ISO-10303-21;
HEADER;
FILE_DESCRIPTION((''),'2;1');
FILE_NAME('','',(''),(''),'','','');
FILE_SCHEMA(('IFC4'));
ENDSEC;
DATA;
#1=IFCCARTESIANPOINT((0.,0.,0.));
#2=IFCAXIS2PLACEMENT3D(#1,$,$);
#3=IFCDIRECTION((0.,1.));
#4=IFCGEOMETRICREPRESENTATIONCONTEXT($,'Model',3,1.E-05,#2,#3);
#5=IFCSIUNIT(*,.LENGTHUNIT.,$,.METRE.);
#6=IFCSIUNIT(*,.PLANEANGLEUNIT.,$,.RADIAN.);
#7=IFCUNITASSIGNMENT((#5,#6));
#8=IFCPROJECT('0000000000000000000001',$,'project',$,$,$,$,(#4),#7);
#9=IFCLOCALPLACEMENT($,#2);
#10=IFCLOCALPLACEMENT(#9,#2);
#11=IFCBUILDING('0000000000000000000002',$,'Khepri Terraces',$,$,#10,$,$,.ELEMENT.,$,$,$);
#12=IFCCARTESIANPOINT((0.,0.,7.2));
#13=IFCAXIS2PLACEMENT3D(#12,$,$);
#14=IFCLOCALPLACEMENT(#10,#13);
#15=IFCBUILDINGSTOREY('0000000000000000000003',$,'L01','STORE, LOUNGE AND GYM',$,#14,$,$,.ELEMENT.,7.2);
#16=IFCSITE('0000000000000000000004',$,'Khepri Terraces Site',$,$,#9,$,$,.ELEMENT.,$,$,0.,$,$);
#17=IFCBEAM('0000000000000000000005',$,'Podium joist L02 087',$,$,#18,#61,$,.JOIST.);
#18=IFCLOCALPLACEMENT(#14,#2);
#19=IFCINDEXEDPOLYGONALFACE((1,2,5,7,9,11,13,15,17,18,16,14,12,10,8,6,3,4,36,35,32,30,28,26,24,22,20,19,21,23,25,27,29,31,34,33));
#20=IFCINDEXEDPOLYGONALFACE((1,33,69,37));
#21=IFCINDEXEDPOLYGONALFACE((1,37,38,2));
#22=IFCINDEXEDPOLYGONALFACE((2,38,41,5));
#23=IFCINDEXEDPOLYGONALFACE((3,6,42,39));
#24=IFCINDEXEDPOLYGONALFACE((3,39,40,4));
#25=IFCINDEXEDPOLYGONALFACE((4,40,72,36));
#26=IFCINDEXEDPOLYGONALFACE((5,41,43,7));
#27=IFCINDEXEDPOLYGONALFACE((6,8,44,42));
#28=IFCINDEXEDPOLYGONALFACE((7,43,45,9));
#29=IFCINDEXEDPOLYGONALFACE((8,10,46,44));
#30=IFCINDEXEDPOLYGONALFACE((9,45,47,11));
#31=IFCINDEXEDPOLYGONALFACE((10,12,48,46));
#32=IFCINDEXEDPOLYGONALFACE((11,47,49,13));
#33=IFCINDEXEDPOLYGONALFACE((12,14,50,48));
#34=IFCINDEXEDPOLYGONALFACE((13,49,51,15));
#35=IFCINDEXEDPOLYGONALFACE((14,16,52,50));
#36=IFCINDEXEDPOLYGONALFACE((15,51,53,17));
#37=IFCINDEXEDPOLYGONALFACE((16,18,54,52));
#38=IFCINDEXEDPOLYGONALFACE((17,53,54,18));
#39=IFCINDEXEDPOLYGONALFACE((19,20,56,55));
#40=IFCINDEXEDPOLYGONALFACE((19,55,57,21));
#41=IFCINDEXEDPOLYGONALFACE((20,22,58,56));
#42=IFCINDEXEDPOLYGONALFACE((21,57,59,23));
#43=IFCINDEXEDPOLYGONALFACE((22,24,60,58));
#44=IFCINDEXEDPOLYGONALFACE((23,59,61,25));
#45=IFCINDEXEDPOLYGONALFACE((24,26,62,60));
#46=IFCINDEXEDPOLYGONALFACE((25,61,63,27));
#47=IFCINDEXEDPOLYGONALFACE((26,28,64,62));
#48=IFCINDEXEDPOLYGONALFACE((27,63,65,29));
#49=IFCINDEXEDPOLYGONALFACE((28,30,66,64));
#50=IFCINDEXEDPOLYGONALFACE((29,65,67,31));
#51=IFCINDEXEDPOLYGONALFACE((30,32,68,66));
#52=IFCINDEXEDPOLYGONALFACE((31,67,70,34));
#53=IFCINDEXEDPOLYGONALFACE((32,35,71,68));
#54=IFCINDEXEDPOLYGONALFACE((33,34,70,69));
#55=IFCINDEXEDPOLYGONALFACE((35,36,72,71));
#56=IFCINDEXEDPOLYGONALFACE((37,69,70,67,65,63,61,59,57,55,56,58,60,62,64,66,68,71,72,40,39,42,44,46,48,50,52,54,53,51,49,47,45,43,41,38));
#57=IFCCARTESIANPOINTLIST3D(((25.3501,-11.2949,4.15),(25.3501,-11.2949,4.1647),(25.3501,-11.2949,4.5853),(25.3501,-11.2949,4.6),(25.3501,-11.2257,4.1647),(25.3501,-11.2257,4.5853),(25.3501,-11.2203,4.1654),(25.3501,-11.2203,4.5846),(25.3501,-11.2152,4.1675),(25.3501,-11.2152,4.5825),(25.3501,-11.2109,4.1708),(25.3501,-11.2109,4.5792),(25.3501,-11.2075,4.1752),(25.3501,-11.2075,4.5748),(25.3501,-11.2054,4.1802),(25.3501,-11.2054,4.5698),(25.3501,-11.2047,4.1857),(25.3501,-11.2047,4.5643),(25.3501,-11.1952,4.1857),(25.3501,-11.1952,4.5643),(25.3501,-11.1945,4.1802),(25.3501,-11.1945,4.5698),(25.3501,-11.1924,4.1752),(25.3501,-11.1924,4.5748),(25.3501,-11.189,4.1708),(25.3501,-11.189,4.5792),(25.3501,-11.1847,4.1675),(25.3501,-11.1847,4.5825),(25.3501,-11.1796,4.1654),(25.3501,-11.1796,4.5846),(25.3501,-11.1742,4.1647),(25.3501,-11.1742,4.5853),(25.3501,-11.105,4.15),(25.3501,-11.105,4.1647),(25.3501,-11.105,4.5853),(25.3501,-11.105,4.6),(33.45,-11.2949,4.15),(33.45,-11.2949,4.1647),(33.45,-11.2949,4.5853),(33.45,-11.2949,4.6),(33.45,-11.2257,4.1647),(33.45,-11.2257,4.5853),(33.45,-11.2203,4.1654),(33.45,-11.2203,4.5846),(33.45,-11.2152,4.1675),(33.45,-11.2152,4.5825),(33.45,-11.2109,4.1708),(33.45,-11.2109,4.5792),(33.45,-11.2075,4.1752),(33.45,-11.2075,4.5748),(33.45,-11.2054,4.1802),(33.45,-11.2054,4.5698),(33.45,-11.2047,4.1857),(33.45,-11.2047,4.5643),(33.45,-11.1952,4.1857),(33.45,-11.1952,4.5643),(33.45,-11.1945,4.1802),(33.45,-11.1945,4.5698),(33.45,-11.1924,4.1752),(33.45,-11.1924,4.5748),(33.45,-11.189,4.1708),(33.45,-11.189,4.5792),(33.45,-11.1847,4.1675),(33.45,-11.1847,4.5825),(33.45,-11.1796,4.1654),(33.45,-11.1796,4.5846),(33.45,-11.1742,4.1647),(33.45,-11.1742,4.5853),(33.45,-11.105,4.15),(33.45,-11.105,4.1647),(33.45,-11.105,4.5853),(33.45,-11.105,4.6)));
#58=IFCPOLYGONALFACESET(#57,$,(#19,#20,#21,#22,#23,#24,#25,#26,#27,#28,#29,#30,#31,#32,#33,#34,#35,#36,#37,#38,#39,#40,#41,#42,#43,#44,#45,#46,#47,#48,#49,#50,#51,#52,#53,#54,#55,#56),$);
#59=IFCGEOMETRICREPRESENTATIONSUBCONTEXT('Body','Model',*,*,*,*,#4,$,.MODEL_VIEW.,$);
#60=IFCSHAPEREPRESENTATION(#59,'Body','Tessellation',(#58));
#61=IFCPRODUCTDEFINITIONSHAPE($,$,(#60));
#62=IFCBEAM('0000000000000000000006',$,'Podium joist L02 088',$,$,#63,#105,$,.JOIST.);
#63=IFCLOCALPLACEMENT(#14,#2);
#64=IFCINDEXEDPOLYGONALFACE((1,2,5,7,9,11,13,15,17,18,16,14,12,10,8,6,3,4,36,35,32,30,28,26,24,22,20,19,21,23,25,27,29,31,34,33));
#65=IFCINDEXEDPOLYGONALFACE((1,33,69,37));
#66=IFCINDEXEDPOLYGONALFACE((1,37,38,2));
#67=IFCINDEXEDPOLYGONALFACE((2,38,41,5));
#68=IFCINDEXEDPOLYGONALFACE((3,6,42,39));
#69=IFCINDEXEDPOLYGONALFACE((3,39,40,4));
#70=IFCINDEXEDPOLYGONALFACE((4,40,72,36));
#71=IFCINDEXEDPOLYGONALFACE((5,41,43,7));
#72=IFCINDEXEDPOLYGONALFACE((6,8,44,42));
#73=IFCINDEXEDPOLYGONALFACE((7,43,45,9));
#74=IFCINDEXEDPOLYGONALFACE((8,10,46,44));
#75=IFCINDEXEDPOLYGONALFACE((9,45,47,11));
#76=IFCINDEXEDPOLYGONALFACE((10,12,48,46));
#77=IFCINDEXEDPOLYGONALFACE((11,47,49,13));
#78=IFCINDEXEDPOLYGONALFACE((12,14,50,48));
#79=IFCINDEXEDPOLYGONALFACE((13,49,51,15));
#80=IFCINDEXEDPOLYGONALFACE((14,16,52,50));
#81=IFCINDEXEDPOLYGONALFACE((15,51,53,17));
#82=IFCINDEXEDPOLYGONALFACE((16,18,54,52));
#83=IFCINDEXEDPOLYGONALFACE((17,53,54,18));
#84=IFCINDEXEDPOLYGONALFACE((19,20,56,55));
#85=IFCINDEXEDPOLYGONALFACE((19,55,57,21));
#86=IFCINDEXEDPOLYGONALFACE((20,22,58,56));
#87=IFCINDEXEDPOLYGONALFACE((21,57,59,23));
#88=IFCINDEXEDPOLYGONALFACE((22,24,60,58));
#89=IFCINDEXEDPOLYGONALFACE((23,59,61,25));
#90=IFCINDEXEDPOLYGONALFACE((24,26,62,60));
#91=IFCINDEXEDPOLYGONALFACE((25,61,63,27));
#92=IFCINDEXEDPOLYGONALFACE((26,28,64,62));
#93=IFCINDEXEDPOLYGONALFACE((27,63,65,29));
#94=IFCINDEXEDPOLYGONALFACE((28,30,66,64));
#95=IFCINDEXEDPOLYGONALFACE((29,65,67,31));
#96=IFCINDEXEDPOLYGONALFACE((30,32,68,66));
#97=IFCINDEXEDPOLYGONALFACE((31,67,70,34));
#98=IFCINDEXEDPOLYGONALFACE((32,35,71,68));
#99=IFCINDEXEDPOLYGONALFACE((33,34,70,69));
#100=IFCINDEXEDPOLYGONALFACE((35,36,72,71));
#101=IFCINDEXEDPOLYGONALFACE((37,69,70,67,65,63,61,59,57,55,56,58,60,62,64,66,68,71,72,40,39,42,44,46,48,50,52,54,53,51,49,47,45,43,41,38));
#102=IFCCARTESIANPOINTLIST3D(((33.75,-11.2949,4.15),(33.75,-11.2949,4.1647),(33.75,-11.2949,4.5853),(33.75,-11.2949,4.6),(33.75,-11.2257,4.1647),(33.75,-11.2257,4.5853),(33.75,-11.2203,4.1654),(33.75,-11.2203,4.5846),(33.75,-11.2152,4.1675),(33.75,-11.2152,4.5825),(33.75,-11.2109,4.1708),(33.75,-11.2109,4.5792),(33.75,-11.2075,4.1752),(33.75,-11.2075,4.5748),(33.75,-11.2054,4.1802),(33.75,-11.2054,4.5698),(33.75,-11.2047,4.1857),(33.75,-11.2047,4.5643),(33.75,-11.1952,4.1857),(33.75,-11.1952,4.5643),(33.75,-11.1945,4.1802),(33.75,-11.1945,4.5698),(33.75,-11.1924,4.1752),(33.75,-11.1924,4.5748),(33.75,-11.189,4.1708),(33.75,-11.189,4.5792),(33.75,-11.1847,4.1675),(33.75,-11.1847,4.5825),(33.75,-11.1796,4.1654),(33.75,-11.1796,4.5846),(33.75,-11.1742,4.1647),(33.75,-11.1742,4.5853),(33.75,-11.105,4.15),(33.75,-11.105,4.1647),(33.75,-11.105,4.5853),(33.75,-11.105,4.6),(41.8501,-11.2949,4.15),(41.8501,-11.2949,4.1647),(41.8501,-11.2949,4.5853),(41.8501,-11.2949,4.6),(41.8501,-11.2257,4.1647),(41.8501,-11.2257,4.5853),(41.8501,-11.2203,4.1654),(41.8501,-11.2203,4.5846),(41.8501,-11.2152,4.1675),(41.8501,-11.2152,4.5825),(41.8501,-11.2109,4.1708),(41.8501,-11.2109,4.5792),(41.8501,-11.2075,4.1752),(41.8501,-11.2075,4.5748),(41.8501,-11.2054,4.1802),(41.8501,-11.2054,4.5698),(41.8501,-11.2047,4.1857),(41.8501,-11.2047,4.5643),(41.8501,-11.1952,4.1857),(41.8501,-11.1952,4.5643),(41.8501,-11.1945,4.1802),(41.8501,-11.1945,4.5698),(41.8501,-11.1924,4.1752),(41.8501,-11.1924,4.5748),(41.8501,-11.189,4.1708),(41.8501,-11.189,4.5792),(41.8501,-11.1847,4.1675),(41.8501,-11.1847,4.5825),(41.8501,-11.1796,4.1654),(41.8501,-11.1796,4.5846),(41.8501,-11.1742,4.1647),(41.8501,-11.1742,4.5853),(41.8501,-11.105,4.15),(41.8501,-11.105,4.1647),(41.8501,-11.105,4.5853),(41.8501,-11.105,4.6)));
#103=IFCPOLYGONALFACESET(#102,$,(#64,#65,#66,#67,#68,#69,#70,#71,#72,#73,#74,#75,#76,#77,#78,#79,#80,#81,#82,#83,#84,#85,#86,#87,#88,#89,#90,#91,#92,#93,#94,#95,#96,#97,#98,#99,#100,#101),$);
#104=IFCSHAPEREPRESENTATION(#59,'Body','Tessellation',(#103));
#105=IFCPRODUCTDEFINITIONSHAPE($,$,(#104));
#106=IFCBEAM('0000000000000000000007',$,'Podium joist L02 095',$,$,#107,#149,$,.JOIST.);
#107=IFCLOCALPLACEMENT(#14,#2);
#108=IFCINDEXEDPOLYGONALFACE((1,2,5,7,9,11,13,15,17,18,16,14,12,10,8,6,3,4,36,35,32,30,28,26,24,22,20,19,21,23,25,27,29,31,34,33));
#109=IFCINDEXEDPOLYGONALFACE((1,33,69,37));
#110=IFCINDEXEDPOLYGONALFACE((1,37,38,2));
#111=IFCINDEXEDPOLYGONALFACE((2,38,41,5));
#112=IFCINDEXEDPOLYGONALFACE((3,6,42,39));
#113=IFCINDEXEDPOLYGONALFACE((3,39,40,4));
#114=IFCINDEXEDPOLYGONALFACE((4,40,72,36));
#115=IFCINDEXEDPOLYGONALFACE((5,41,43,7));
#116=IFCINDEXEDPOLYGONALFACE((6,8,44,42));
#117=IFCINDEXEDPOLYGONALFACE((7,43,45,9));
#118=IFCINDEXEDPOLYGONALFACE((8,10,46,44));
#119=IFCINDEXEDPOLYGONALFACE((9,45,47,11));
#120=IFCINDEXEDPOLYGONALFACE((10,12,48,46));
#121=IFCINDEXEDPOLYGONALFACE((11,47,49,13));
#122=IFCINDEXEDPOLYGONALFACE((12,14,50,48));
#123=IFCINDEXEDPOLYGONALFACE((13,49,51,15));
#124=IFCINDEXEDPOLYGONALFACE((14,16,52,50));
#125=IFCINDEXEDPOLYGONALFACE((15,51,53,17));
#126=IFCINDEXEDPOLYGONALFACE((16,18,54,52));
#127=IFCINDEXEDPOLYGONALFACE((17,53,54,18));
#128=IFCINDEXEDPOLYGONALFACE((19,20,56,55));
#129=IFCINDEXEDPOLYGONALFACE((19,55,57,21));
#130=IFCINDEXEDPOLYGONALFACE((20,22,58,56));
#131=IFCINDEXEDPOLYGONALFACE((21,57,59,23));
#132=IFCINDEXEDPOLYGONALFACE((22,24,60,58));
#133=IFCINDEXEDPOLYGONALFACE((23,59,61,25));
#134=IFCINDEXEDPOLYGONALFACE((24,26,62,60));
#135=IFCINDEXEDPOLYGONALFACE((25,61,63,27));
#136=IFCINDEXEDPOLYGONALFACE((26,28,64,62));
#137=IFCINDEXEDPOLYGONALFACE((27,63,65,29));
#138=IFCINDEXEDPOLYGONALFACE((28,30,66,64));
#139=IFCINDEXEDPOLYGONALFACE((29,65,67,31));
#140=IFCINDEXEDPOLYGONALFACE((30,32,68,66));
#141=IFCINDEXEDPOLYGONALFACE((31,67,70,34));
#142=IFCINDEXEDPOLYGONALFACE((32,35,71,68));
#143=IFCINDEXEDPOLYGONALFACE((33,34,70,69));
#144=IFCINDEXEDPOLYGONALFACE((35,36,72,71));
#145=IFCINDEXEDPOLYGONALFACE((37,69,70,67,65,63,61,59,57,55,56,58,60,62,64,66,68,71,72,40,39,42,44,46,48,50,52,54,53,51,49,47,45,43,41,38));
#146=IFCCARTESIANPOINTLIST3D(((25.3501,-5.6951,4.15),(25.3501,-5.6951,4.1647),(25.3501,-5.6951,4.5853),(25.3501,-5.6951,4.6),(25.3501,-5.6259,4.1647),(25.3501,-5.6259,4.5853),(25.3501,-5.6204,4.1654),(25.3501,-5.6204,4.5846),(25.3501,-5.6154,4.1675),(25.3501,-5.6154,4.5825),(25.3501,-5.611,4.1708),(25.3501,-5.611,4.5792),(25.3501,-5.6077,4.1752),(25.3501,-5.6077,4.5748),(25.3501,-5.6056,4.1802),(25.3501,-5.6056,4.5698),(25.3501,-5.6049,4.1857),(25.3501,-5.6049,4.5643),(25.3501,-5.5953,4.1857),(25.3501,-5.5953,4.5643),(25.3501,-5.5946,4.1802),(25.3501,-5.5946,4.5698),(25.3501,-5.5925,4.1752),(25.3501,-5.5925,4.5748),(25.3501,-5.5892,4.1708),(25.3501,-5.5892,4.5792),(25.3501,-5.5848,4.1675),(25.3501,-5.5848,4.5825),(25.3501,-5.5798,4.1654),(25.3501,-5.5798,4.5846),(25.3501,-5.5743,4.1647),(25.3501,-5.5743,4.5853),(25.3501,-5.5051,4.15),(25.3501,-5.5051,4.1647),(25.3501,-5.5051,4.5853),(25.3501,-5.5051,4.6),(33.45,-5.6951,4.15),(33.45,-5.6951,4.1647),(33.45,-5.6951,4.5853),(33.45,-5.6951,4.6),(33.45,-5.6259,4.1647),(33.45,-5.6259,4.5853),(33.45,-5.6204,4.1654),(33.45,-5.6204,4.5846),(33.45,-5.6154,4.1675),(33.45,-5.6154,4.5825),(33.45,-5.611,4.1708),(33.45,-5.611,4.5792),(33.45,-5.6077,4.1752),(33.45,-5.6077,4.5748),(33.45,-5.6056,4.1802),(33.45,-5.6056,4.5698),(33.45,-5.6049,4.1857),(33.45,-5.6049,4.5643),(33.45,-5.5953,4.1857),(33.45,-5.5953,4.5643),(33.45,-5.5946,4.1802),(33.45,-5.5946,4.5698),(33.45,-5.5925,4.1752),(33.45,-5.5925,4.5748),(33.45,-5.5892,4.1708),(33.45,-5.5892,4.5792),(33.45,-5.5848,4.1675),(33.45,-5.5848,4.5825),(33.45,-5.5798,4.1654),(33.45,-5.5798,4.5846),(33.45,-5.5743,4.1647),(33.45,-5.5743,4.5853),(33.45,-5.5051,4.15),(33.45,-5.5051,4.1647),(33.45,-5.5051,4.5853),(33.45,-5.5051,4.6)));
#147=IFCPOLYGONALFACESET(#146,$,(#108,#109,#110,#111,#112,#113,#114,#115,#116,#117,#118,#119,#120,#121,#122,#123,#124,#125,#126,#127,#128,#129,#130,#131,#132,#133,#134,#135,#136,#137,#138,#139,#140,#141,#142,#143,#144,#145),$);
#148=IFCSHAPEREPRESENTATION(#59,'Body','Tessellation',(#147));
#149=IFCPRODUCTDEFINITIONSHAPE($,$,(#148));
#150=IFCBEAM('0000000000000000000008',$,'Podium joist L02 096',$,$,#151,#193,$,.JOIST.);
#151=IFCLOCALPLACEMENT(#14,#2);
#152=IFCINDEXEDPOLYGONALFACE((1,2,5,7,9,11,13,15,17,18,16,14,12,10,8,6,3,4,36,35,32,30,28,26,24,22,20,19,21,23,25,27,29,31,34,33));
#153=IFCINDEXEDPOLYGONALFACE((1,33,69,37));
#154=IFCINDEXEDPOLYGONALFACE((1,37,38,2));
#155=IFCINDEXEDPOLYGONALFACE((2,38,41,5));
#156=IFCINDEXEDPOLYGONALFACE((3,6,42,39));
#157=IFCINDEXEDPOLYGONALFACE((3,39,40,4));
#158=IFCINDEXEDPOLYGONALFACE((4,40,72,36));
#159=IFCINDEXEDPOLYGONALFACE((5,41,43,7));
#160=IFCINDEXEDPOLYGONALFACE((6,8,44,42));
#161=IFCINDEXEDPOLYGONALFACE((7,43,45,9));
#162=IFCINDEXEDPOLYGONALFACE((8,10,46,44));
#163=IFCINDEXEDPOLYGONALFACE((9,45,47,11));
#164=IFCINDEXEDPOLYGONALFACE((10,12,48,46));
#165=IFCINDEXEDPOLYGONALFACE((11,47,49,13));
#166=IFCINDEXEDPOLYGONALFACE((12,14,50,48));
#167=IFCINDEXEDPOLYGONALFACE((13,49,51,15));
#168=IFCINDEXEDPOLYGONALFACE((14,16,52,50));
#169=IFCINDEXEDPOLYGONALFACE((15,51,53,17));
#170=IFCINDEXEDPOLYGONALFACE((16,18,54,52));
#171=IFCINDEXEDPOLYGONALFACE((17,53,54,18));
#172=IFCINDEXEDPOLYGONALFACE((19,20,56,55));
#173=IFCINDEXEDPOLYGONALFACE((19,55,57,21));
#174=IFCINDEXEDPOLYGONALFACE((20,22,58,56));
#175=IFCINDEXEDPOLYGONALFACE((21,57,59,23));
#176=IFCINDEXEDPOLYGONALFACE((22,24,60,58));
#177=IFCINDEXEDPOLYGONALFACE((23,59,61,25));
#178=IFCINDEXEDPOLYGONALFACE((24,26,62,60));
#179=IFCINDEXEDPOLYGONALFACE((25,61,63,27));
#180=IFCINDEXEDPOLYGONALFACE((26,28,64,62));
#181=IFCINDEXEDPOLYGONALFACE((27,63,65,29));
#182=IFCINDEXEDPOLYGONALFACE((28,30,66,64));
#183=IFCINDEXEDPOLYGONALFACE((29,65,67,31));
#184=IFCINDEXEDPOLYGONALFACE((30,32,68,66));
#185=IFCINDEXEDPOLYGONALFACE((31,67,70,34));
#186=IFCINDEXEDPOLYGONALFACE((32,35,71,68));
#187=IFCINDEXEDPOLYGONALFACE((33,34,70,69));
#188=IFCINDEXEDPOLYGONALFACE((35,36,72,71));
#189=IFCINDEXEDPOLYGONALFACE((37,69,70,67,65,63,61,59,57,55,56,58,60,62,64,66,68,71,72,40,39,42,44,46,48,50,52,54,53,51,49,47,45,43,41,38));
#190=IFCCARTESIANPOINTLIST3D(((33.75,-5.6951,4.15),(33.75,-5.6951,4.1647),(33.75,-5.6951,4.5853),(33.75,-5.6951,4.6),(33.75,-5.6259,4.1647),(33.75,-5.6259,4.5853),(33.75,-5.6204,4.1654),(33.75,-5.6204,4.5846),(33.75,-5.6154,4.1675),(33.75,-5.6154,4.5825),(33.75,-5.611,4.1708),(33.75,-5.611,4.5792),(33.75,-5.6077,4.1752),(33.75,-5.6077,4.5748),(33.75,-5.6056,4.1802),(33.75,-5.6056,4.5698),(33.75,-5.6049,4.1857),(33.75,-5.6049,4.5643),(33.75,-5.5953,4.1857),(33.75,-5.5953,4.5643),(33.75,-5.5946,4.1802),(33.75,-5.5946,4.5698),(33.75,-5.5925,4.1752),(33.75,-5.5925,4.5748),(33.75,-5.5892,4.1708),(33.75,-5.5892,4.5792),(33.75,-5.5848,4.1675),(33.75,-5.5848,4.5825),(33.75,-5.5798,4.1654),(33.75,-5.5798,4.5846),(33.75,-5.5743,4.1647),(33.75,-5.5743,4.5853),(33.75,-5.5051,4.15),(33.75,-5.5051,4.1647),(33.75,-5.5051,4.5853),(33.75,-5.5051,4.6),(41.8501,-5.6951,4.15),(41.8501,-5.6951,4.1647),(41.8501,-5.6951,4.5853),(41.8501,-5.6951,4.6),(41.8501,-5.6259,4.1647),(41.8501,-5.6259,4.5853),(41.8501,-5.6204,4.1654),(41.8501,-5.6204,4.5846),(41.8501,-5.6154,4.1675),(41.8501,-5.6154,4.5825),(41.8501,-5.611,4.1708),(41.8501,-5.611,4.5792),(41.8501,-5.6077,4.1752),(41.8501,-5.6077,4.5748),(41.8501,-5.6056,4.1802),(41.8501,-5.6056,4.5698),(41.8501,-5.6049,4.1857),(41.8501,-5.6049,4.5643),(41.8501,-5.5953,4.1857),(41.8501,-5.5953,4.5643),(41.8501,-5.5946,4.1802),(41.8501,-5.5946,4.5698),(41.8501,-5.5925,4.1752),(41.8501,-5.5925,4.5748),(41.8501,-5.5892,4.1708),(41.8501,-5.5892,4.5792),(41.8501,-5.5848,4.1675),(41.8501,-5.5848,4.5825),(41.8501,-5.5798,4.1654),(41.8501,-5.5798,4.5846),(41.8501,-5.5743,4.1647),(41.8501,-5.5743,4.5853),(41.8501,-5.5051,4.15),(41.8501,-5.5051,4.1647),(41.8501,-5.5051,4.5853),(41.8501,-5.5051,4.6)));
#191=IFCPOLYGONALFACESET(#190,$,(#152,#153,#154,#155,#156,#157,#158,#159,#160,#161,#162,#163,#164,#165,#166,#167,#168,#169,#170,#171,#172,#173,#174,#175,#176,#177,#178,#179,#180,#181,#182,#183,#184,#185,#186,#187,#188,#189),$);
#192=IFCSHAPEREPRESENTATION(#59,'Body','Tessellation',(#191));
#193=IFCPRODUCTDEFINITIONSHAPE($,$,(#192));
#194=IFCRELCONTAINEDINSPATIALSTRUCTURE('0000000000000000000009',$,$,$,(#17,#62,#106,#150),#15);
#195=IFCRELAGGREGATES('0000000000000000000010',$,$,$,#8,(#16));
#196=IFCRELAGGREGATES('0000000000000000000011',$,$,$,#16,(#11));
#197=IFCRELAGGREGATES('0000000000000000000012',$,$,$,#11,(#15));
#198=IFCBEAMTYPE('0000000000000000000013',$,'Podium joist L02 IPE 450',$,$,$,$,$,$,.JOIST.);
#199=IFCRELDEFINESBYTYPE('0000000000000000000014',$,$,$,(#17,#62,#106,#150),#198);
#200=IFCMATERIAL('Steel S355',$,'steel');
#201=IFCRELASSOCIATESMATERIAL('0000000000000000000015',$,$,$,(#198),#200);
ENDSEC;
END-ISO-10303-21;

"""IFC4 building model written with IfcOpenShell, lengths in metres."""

from ifc_helpers import new_model, si_unit, direction, frame, origin, origin_2d, place, context, subcontext, project, spatial, i_section, extrude, material, material_profile, profile_set, type_object, element, save


model = new_model("IFC4")

# Units and contexts
model_context = context("Model", 3, precision=1e-05, world=origin(), true_north=direction((0.0, 1.0)))
body_context = subcontext(model_context, "Body", "Model", "MODEL_VIEW")
ifc_project = project(units=[si_unit("LENGTHUNIT", "METRE"), si_unit("PLANEANGLEUNIT", "RADIAN")], contexts=[model_context])

# Site, building, storey
site_placement = place(None, origin())
site = spatial("IfcSite", under=ifc_project, at=site_placement, Name="Khepri Terraces Site", CompositionType="ELEMENT", RefElevation=0.0)
building_placement = place(site_placement, origin())
building = spatial("IfcBuilding", under=site, at=building_placement, Name="Khepri Terraces", CompositionType="ELEMENT")
storey_placement = place(building_placement, frame((0.0, 0.0, 7.2)))
storey = spatial("IfcBuildingStorey", under=building, at=storey_placement, Name="L01", Description="STORE, LOUNGE AND GYM", CompositionType="ELEMENT", Elevation=7.2)

# Beams
ifc_material_1 = material(Name="Steel S355", Category="steel")
ifc_material_profile_1 = material_profile(ifc_material_1, i_section(OverallWidth=0.1899, OverallDepth=0.45, WebThickness=0.0095, FlangeThickness=0.0146, FilletRadius=0.021, at=origin_2d()), Name="Steel S355", Category="steel")
ifc_profile_set_1 = profile_set([ifc_material_profile_1], Name="Steel S355")
beam_type_1 = type_object("IfcBeamType", Name="Podium joist L02 IPE 450", PredefinedType="JOIST", material=ifc_profile_set_1)
beam_1_placement = place(storey_placement, frame((25.3501, -11.2, 4.375), z_axis=(1.0, 0.0, 0.0), x_axis=(0.0, 1.0, 0.0)))
element("IfcBeam", 1, at=beam_1_placement, inside=storey, type_object=beam_type_1, Name="Podium joist L02 087", PredefinedType="JOIST", context=body_context, shape_type="SweptSolid", body=[
    extrude(i_section(OverallWidth=0.1899, OverallDepth=0.45, WebThickness=0.0095, FlangeThickness=0.0146, FilletRadius=0.021, at=origin_2d()), origin(), (0.0, 0.0, 1.0), 8.0999),
])
beam_2_placement = place(storey_placement, frame((33.75, -11.2, 4.375), z_axis=(1.0, 0.0, 0.0), x_axis=(0.0, 1.0, 0.0)))
element("IfcBeam", 2, at=beam_2_placement, inside=storey, type_object=beam_type_1, Name="Podium joist L02 088", PredefinedType="JOIST", context=body_context, shape_type="SweptSolid", body=[
    extrude(i_section(OverallWidth=0.1899, OverallDepth=0.45, WebThickness=0.0095, FlangeThickness=0.0146, FilletRadius=0.021, at=origin_2d()), origin(), (0.0, 0.0, 1.0), 8.1001),
])
beam_3_placement = place(storey_placement, frame((25.3501, -5.6001, 4.375), z_axis=(1.0, 0.0, 0.0), x_axis=(0.0, 1.0, 0.0)))
element("IfcBeam", 3, at=beam_3_placement, inside=storey, type_object=beam_type_1, Name="Podium joist L02 095", PredefinedType="JOIST", context=body_context, shape_type="SweptSolid", body=[
    extrude(i_section(OverallWidth=0.1899, OverallDepth=0.45, WebThickness=0.0095, FlangeThickness=0.0146, FilletRadius=0.021, at=origin_2d()), origin(), (0.0, 0.0, 1.0), 8.0999),
])
beam_4_placement = place(storey_placement, frame((33.75, -5.6001, 4.375), z_axis=(1.0, 0.0, 0.0), x_axis=(0.0, 1.0, 0.0)))
element("IfcBeam", 4, at=beam_4_placement, inside=storey, type_object=beam_type_1, Name="Podium joist L02 096", PredefinedType="JOIST", context=body_context, shape_type="SweptSolid", body=[
    extrude(i_section(OverallWidth=0.1899, OverallDepth=0.45, WebThickness=0.0095, FlangeThickness=0.0146, FilletRadius=0.021, at=origin_2d()), origin(), (0.0, 0.0, 1.0), 8.1001),
])

save(model, "model.ifc")
